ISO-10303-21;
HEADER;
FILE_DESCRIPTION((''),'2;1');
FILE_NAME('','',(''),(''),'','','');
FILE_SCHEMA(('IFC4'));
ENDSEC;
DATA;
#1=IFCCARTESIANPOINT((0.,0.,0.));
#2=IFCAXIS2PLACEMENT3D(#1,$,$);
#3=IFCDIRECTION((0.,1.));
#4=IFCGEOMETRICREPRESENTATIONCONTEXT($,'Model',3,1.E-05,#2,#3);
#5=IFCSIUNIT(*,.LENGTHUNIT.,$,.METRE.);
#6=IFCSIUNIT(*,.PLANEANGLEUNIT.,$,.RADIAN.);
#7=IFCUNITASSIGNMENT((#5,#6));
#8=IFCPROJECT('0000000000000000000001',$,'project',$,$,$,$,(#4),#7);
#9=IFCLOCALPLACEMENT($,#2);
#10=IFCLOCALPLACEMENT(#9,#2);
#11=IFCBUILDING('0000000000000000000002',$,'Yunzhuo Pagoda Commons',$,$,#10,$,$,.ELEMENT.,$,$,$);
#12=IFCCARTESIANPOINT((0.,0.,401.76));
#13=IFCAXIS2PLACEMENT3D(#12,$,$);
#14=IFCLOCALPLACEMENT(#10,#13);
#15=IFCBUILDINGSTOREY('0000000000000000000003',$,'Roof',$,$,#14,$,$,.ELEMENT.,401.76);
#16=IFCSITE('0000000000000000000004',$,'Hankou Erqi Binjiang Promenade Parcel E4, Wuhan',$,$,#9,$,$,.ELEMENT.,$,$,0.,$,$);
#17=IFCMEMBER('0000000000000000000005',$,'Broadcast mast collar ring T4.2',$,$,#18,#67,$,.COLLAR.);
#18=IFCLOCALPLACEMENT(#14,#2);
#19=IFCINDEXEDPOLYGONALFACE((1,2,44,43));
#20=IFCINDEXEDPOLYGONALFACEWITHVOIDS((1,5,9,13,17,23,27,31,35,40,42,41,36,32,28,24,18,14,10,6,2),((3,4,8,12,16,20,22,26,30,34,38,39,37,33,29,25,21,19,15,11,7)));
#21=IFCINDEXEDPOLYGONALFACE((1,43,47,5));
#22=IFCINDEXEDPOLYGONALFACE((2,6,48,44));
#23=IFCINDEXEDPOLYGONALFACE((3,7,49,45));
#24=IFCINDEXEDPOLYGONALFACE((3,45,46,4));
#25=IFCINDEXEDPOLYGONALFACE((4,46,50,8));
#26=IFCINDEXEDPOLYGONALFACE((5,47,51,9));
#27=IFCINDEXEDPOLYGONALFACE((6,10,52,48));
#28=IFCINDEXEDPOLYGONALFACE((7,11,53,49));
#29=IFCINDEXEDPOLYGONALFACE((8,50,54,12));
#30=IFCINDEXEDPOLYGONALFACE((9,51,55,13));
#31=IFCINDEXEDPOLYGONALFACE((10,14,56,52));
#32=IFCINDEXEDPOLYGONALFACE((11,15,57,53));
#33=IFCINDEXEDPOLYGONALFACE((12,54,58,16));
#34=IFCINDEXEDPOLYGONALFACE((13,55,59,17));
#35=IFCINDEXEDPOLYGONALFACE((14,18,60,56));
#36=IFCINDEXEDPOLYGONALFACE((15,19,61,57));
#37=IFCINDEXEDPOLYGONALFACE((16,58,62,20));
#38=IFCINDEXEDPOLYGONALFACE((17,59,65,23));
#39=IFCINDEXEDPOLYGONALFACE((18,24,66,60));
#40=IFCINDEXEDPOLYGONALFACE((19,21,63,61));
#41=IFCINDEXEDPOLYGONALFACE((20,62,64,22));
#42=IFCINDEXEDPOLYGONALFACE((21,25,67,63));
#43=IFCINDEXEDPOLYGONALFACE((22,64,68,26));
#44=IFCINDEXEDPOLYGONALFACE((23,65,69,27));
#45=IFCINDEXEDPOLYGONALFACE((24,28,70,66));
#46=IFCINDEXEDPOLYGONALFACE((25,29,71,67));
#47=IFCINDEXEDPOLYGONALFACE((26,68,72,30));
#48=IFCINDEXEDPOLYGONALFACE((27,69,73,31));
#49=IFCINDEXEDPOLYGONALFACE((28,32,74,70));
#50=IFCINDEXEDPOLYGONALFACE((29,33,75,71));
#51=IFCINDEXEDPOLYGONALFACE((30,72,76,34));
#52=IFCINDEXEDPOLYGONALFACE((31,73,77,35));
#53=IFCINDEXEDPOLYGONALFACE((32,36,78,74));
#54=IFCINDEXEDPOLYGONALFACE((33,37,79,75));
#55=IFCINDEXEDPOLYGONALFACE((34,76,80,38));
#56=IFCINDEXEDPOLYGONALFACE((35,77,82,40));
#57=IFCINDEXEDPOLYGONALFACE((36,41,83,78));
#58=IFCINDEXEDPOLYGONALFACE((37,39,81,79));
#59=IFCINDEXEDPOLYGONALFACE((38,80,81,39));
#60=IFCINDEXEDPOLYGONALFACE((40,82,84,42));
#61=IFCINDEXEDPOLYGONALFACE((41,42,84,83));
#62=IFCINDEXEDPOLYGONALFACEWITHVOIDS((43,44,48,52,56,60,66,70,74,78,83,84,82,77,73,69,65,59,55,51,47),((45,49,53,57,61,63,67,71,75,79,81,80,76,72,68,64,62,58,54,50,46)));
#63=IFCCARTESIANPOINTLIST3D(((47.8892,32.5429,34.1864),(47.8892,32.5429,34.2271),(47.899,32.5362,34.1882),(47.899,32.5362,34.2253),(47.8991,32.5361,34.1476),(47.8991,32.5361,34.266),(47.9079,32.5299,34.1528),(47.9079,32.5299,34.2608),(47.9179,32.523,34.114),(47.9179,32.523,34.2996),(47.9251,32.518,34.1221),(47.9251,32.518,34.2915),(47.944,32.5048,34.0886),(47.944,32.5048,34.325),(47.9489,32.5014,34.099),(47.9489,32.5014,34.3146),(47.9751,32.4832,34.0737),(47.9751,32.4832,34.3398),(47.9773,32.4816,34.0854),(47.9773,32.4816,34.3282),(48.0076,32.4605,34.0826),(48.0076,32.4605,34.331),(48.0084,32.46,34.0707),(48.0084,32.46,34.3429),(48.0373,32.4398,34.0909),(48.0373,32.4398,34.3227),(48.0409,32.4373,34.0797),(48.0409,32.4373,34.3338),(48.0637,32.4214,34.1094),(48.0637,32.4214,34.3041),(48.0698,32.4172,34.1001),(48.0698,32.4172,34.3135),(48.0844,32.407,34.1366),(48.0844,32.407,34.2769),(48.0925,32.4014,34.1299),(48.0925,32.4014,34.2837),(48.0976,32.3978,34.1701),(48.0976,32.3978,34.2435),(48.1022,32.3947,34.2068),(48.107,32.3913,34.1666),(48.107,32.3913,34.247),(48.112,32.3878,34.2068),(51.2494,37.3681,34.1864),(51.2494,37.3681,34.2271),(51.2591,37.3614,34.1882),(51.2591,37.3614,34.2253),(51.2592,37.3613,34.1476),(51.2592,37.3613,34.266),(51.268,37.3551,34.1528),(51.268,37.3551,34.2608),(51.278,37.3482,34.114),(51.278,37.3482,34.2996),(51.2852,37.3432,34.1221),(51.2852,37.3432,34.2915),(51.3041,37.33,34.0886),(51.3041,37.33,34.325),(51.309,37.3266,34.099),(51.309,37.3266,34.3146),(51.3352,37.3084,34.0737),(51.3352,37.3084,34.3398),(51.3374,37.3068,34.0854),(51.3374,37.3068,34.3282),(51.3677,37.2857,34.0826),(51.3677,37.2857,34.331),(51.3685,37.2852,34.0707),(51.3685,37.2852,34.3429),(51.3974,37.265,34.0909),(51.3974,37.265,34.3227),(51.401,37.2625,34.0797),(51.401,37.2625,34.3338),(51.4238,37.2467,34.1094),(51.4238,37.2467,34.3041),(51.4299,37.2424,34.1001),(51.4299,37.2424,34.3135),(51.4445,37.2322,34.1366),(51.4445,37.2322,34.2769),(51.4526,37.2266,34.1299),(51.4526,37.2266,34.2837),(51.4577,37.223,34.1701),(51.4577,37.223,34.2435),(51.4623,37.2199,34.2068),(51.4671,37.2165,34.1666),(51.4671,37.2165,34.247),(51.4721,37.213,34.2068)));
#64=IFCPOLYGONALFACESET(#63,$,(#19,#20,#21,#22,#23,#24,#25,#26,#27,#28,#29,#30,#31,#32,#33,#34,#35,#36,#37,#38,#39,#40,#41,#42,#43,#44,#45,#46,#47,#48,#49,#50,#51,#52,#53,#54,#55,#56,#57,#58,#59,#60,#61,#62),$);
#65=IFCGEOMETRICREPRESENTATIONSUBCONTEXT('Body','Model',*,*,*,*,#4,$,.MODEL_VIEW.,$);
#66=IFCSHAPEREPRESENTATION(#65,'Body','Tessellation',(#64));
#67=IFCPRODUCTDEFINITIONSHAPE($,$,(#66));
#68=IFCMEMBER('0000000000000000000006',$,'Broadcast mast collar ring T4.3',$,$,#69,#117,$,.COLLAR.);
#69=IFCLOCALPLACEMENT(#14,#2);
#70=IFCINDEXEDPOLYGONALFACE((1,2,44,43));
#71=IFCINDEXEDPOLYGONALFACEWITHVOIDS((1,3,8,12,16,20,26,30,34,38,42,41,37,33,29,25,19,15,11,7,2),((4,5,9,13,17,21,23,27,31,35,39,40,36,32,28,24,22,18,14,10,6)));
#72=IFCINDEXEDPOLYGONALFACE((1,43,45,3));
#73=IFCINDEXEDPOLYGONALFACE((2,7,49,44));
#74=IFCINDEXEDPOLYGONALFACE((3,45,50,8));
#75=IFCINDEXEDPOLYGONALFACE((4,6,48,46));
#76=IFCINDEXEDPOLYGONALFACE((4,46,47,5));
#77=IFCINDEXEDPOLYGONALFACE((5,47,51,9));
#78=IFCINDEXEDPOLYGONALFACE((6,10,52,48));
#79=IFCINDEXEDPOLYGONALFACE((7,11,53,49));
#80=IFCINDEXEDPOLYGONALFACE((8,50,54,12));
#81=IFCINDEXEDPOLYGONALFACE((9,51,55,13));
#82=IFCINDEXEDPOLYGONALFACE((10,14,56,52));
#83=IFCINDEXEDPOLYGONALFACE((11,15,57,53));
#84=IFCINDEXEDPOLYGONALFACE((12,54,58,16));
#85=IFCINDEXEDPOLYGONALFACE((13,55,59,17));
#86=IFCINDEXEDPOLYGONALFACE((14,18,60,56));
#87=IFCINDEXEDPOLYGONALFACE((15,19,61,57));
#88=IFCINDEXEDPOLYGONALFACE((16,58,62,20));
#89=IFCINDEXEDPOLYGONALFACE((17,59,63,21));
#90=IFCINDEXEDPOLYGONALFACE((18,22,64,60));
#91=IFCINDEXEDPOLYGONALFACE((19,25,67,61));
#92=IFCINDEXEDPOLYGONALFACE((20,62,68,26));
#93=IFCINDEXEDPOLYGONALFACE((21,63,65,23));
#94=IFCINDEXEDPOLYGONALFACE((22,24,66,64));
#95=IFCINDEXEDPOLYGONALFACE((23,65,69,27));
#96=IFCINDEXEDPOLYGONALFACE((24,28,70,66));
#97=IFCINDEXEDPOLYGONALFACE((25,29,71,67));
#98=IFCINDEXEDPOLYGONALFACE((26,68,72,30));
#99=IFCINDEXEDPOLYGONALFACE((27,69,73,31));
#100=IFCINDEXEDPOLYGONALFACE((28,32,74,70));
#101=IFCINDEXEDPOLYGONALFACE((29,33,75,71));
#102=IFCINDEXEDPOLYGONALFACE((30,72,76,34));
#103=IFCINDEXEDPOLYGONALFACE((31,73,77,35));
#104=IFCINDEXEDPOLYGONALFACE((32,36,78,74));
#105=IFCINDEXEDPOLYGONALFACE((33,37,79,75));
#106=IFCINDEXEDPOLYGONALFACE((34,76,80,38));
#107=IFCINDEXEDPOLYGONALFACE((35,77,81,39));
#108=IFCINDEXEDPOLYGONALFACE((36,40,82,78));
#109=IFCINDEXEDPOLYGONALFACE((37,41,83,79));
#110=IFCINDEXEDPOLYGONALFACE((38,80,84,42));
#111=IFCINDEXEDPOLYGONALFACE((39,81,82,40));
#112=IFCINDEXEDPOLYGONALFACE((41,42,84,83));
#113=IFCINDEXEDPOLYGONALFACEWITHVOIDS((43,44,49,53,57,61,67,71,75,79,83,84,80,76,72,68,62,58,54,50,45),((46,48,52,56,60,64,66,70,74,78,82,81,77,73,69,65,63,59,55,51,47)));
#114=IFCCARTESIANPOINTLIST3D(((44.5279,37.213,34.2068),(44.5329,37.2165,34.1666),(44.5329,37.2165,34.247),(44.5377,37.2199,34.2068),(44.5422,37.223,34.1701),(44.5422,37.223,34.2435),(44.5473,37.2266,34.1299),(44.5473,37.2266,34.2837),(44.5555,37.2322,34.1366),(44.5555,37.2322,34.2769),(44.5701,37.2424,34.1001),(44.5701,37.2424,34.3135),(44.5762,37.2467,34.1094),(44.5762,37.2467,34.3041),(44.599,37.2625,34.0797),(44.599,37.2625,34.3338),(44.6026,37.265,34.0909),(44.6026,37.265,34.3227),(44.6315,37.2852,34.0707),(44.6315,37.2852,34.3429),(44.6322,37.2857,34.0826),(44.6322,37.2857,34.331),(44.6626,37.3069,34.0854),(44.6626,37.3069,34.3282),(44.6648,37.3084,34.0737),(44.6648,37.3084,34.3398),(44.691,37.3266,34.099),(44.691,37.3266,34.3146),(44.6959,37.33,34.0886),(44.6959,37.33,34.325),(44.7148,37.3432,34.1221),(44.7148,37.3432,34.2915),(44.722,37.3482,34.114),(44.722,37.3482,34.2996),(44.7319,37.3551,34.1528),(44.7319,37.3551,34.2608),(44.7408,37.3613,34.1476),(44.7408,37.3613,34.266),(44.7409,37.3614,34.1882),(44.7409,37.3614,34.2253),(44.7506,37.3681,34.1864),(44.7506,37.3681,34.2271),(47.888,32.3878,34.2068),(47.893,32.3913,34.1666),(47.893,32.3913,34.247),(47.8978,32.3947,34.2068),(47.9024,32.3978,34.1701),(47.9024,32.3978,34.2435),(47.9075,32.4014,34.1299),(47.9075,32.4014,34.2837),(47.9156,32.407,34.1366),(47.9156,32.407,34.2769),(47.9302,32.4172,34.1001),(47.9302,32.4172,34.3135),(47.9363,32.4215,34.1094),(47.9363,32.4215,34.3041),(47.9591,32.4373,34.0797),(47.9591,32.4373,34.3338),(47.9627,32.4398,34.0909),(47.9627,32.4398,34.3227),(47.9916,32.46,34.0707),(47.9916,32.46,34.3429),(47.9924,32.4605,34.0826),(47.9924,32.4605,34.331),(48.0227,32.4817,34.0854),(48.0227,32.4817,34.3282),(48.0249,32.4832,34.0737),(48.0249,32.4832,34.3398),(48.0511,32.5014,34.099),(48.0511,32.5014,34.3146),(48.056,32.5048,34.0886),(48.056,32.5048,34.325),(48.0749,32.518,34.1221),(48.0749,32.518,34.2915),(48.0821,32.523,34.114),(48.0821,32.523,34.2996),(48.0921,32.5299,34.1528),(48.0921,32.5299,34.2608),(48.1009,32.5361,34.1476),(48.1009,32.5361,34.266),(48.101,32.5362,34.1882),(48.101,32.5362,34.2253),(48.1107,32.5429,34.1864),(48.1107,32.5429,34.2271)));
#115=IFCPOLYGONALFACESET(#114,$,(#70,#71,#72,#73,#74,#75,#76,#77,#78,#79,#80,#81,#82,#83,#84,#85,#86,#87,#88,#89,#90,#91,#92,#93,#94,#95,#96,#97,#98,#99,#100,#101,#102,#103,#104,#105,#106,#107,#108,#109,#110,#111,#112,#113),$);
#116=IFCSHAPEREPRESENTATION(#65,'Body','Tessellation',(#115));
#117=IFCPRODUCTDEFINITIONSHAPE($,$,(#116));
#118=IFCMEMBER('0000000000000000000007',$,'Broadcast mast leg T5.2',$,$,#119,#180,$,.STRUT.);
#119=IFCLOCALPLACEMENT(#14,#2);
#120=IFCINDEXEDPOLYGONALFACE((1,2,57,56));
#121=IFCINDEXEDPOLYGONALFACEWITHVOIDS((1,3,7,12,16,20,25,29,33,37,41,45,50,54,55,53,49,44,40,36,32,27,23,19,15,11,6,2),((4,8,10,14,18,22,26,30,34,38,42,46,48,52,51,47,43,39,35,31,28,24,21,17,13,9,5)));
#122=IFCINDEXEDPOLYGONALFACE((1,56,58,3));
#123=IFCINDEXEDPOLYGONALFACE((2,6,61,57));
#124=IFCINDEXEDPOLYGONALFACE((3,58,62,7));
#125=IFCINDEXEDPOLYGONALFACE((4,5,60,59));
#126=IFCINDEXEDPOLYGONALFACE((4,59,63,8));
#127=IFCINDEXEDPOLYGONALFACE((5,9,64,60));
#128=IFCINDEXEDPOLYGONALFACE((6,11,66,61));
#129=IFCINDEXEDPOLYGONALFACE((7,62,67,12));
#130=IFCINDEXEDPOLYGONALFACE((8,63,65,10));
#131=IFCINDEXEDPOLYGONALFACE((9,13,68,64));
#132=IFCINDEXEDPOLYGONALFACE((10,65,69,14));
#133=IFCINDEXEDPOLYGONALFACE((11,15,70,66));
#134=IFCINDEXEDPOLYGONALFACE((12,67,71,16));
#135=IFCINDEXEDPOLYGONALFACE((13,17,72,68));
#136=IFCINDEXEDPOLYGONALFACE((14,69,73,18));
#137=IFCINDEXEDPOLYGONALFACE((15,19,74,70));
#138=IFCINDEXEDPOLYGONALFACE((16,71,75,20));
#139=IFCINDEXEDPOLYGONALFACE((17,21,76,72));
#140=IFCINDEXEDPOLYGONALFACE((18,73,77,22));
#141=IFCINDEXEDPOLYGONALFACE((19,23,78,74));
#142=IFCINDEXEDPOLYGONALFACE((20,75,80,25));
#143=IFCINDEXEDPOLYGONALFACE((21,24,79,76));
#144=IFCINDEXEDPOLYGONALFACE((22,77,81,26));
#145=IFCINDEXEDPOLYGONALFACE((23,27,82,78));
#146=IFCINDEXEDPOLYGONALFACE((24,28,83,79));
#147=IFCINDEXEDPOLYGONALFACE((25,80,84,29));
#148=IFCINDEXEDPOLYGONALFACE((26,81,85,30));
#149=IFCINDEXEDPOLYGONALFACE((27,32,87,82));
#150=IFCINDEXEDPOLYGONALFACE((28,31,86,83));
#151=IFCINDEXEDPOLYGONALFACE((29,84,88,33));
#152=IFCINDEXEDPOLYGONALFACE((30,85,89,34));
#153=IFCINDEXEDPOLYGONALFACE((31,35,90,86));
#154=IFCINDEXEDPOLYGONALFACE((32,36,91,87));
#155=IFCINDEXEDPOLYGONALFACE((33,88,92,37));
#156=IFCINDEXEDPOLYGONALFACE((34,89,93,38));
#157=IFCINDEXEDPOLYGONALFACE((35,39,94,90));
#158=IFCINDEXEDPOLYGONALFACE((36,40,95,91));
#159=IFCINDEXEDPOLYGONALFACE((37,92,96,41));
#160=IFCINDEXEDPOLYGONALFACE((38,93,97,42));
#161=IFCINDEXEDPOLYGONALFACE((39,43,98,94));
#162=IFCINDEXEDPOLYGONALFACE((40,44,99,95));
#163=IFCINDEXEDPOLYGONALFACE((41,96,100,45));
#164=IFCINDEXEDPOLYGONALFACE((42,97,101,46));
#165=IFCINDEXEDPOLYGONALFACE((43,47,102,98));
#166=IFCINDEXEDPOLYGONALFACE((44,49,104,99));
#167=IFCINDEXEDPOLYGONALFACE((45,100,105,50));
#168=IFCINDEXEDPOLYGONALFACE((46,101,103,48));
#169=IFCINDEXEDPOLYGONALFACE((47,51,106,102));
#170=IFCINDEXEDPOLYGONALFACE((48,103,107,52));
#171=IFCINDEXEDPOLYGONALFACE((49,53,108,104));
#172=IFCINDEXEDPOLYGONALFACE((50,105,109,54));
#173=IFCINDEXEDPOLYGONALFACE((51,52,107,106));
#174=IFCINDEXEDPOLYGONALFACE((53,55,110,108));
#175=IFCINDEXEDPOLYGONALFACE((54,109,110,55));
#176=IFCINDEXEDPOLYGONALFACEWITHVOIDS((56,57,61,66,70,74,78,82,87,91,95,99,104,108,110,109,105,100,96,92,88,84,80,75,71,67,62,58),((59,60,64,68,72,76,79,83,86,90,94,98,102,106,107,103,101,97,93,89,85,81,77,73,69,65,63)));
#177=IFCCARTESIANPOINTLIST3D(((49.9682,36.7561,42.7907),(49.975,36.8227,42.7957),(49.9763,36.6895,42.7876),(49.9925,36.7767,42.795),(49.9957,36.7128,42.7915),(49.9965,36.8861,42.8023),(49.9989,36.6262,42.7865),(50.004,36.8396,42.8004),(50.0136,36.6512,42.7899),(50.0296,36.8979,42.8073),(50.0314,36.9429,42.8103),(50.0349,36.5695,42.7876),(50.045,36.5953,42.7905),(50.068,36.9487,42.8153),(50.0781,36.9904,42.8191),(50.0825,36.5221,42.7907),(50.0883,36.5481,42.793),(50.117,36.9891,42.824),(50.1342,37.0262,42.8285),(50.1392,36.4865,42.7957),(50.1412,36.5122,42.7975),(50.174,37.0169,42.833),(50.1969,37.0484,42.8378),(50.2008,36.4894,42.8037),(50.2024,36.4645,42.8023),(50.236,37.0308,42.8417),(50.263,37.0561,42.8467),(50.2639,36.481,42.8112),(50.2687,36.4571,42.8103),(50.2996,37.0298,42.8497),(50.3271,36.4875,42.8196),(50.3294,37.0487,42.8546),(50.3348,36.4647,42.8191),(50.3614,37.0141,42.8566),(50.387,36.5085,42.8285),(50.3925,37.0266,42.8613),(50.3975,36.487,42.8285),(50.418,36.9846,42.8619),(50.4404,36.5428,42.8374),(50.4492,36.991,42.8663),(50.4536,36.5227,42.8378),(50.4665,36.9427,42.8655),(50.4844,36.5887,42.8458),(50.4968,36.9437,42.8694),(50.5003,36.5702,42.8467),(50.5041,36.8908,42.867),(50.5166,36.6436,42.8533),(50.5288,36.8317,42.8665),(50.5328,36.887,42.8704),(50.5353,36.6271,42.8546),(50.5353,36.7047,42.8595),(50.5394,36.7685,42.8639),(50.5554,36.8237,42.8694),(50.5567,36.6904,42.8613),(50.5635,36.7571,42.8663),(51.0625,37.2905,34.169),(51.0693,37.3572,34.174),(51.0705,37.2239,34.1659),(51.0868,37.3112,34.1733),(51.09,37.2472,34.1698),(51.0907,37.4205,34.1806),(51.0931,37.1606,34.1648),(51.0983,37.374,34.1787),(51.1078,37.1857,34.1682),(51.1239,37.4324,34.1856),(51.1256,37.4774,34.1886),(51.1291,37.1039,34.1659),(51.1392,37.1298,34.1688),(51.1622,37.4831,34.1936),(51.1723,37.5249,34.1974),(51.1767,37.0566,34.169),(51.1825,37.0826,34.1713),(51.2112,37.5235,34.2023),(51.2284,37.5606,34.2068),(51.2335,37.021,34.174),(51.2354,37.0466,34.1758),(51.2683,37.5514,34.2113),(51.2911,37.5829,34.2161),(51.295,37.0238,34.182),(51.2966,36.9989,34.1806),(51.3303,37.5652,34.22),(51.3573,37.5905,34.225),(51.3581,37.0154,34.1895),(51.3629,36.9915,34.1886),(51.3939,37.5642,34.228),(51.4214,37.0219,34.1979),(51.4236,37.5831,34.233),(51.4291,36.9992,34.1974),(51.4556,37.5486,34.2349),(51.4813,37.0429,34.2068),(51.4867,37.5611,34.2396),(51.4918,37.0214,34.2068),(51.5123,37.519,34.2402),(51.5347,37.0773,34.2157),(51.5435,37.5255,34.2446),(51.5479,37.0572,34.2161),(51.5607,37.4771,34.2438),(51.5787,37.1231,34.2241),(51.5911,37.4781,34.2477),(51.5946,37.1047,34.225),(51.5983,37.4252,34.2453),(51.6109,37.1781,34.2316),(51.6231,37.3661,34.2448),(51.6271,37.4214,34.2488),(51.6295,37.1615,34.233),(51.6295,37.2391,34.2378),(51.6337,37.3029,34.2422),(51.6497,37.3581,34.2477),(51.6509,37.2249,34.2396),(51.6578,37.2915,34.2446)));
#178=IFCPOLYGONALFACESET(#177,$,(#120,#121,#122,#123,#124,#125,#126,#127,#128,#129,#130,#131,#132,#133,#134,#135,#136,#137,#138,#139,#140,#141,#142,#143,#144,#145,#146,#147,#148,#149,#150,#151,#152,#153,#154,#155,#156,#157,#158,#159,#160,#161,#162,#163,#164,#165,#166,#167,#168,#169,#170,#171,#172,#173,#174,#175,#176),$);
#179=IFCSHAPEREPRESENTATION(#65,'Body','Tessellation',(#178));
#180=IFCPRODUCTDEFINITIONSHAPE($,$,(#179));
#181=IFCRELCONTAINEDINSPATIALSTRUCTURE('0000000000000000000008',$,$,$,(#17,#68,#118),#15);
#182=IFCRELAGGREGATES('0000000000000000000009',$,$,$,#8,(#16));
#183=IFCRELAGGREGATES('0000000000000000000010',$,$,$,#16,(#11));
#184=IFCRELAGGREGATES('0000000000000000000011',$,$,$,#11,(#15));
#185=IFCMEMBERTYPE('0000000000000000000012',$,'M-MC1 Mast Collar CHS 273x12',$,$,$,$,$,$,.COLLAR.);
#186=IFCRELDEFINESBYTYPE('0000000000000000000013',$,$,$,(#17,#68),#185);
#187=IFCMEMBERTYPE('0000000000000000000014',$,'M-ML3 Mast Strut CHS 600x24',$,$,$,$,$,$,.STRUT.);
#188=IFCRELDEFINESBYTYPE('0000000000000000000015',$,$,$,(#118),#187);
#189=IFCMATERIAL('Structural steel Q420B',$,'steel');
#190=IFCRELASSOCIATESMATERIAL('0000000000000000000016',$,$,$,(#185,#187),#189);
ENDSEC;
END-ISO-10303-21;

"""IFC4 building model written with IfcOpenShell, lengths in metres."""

from ifc_helpers import new_model, si_unit, direction, frame, origin, origin_2d, place, context, subcontext, project, spatial, hollow_circle, extrude, source, transform, mapped, material, material_profile, profile_set, type_object, element, save


model = new_model("IFC4")

# Units and contexts
model_context = context("Model", 3, precision=1e-05, world=origin(), true_north=direction((0.0, 1.0)))
body_context = subcontext(model_context, "Body", "Model", "MODEL_VIEW")
ifc_project = project(units=[si_unit("LENGTHUNIT", "METRE"), si_unit("PLANEANGLEUNIT", "RADIAN")], contexts=[model_context])

# Site, building, storey
site_placement = place(None, origin())
site = spatial("IfcSite", under=ifc_project, at=site_placement, Name="Hankou Erqi Binjiang Promenade Parcel E4, Wuhan", CompositionType="ELEMENT", RefElevation=0.0)
building_placement = place(site_placement, origin())
building = spatial("IfcBuilding", under=site, at=building_placement, Name="Yunzhuo Pagoda Commons", CompositionType="ELEMENT")
storey_placement = place(building_placement, frame((0.0, 0.0, 401.76)))
storey = spatial("IfcBuildingStorey", under=building, at=storey_placement, Name="Roof", CompositionType="ELEMENT", Elevation=401.76)

# Members
ifc_material_1 = material(Name="Structural steel Q420B", Category="steel")
ifc_material_profile_1 = material_profile(ifc_material_1, hollow_circle(Radius=0.1365, WallThickness=0.012, at=origin_2d()), Name="Structural steel Q420B")
ifc_profile_set_1 = profile_set([ifc_material_profile_1], Name="Structural steel Q420B")
member_type_1 = type_object("IfcMemberType", Name="M-MC1 Mast Collar CHS 273x12", PredefinedType="COLLAR", material=ifc_profile_set_1)
shared_shape_1 = source(origin(), body_context, "Body", "SweptSolid", [
    extrude(hollow_circle(Radius=0.1365, WallThickness=0.012, at=origin_2d()), origin(), (0.0, 0.0, 1.0), 5.8799),
])
for number, where, z_axis, x_axis, name in (
    (1, (51.3601, 37.291, 34.2068), (-0.57146, -0.82063, 0.0), (0.82063, -0.57146, 0.0), "Broadcast mast collar ring T4.2"),
    (2, (48.0, 32.4658, 34.2068), (-0.57146, 0.82063, 0.0), (-0.82063, -0.57146, 0.0), "Broadcast mast collar ring T4.3"),
):
    element("IfcMember", number, at=place(storey_placement, frame(where, z_axis=z_axis, x_axis=x_axis)), inside=storey, type_object=member_type_1, Name=name, PredefinedType="COLLAR", context=body_context, shape_type="MappedRepresentation", body=[
        mapped(shared_shape_1, transform((0.0, 0.0, 0.0), scale=1.0)),
    ])
ifc_material_profile_2 = material_profile(ifc_material_1, hollow_circle(Radius=0.3, WallThickness=0.0239, at=origin_2d()), Name="Structural steel Q420B")
ifc_profile_set_2 = profile_set([ifc_material_profile_2], Name="Structural steel Q420B")
member_type_2 = type_object("IfcMemberType", Name="M-ML3 Mast Strut CHS 600x24", PredefinedType="STRUT", material=ifc_profile_set_2)
shared_shape_2 = source(origin(), body_context, "Body", "SweptSolid", [
    extrude(hollow_circle(Radius=0.3, WallThickness=0.0239, at=origin_2d()), origin(), (0.0, 0.0, 1.0), 8.7073),
])
member_1_placement = place(storey_placement, frame((51.3601, 37.291, 34.2068), z_axis=(-0.125671, -0.061378, 0.990171), x_axis=(0.438854, -0.898558, 0.0)))
element("IfcMember", 3, at=member_1_placement, inside=storey, type_object=member_type_2, Name="Broadcast mast leg T5.2", PredefinedType="STRUT", context=body_context, shape_type="MappedRepresentation", body=[
    mapped(shared_shape_2, transform((0.0, 0.0, 0.0), scale=1.0)),
])

save(model, "model.ifc")
